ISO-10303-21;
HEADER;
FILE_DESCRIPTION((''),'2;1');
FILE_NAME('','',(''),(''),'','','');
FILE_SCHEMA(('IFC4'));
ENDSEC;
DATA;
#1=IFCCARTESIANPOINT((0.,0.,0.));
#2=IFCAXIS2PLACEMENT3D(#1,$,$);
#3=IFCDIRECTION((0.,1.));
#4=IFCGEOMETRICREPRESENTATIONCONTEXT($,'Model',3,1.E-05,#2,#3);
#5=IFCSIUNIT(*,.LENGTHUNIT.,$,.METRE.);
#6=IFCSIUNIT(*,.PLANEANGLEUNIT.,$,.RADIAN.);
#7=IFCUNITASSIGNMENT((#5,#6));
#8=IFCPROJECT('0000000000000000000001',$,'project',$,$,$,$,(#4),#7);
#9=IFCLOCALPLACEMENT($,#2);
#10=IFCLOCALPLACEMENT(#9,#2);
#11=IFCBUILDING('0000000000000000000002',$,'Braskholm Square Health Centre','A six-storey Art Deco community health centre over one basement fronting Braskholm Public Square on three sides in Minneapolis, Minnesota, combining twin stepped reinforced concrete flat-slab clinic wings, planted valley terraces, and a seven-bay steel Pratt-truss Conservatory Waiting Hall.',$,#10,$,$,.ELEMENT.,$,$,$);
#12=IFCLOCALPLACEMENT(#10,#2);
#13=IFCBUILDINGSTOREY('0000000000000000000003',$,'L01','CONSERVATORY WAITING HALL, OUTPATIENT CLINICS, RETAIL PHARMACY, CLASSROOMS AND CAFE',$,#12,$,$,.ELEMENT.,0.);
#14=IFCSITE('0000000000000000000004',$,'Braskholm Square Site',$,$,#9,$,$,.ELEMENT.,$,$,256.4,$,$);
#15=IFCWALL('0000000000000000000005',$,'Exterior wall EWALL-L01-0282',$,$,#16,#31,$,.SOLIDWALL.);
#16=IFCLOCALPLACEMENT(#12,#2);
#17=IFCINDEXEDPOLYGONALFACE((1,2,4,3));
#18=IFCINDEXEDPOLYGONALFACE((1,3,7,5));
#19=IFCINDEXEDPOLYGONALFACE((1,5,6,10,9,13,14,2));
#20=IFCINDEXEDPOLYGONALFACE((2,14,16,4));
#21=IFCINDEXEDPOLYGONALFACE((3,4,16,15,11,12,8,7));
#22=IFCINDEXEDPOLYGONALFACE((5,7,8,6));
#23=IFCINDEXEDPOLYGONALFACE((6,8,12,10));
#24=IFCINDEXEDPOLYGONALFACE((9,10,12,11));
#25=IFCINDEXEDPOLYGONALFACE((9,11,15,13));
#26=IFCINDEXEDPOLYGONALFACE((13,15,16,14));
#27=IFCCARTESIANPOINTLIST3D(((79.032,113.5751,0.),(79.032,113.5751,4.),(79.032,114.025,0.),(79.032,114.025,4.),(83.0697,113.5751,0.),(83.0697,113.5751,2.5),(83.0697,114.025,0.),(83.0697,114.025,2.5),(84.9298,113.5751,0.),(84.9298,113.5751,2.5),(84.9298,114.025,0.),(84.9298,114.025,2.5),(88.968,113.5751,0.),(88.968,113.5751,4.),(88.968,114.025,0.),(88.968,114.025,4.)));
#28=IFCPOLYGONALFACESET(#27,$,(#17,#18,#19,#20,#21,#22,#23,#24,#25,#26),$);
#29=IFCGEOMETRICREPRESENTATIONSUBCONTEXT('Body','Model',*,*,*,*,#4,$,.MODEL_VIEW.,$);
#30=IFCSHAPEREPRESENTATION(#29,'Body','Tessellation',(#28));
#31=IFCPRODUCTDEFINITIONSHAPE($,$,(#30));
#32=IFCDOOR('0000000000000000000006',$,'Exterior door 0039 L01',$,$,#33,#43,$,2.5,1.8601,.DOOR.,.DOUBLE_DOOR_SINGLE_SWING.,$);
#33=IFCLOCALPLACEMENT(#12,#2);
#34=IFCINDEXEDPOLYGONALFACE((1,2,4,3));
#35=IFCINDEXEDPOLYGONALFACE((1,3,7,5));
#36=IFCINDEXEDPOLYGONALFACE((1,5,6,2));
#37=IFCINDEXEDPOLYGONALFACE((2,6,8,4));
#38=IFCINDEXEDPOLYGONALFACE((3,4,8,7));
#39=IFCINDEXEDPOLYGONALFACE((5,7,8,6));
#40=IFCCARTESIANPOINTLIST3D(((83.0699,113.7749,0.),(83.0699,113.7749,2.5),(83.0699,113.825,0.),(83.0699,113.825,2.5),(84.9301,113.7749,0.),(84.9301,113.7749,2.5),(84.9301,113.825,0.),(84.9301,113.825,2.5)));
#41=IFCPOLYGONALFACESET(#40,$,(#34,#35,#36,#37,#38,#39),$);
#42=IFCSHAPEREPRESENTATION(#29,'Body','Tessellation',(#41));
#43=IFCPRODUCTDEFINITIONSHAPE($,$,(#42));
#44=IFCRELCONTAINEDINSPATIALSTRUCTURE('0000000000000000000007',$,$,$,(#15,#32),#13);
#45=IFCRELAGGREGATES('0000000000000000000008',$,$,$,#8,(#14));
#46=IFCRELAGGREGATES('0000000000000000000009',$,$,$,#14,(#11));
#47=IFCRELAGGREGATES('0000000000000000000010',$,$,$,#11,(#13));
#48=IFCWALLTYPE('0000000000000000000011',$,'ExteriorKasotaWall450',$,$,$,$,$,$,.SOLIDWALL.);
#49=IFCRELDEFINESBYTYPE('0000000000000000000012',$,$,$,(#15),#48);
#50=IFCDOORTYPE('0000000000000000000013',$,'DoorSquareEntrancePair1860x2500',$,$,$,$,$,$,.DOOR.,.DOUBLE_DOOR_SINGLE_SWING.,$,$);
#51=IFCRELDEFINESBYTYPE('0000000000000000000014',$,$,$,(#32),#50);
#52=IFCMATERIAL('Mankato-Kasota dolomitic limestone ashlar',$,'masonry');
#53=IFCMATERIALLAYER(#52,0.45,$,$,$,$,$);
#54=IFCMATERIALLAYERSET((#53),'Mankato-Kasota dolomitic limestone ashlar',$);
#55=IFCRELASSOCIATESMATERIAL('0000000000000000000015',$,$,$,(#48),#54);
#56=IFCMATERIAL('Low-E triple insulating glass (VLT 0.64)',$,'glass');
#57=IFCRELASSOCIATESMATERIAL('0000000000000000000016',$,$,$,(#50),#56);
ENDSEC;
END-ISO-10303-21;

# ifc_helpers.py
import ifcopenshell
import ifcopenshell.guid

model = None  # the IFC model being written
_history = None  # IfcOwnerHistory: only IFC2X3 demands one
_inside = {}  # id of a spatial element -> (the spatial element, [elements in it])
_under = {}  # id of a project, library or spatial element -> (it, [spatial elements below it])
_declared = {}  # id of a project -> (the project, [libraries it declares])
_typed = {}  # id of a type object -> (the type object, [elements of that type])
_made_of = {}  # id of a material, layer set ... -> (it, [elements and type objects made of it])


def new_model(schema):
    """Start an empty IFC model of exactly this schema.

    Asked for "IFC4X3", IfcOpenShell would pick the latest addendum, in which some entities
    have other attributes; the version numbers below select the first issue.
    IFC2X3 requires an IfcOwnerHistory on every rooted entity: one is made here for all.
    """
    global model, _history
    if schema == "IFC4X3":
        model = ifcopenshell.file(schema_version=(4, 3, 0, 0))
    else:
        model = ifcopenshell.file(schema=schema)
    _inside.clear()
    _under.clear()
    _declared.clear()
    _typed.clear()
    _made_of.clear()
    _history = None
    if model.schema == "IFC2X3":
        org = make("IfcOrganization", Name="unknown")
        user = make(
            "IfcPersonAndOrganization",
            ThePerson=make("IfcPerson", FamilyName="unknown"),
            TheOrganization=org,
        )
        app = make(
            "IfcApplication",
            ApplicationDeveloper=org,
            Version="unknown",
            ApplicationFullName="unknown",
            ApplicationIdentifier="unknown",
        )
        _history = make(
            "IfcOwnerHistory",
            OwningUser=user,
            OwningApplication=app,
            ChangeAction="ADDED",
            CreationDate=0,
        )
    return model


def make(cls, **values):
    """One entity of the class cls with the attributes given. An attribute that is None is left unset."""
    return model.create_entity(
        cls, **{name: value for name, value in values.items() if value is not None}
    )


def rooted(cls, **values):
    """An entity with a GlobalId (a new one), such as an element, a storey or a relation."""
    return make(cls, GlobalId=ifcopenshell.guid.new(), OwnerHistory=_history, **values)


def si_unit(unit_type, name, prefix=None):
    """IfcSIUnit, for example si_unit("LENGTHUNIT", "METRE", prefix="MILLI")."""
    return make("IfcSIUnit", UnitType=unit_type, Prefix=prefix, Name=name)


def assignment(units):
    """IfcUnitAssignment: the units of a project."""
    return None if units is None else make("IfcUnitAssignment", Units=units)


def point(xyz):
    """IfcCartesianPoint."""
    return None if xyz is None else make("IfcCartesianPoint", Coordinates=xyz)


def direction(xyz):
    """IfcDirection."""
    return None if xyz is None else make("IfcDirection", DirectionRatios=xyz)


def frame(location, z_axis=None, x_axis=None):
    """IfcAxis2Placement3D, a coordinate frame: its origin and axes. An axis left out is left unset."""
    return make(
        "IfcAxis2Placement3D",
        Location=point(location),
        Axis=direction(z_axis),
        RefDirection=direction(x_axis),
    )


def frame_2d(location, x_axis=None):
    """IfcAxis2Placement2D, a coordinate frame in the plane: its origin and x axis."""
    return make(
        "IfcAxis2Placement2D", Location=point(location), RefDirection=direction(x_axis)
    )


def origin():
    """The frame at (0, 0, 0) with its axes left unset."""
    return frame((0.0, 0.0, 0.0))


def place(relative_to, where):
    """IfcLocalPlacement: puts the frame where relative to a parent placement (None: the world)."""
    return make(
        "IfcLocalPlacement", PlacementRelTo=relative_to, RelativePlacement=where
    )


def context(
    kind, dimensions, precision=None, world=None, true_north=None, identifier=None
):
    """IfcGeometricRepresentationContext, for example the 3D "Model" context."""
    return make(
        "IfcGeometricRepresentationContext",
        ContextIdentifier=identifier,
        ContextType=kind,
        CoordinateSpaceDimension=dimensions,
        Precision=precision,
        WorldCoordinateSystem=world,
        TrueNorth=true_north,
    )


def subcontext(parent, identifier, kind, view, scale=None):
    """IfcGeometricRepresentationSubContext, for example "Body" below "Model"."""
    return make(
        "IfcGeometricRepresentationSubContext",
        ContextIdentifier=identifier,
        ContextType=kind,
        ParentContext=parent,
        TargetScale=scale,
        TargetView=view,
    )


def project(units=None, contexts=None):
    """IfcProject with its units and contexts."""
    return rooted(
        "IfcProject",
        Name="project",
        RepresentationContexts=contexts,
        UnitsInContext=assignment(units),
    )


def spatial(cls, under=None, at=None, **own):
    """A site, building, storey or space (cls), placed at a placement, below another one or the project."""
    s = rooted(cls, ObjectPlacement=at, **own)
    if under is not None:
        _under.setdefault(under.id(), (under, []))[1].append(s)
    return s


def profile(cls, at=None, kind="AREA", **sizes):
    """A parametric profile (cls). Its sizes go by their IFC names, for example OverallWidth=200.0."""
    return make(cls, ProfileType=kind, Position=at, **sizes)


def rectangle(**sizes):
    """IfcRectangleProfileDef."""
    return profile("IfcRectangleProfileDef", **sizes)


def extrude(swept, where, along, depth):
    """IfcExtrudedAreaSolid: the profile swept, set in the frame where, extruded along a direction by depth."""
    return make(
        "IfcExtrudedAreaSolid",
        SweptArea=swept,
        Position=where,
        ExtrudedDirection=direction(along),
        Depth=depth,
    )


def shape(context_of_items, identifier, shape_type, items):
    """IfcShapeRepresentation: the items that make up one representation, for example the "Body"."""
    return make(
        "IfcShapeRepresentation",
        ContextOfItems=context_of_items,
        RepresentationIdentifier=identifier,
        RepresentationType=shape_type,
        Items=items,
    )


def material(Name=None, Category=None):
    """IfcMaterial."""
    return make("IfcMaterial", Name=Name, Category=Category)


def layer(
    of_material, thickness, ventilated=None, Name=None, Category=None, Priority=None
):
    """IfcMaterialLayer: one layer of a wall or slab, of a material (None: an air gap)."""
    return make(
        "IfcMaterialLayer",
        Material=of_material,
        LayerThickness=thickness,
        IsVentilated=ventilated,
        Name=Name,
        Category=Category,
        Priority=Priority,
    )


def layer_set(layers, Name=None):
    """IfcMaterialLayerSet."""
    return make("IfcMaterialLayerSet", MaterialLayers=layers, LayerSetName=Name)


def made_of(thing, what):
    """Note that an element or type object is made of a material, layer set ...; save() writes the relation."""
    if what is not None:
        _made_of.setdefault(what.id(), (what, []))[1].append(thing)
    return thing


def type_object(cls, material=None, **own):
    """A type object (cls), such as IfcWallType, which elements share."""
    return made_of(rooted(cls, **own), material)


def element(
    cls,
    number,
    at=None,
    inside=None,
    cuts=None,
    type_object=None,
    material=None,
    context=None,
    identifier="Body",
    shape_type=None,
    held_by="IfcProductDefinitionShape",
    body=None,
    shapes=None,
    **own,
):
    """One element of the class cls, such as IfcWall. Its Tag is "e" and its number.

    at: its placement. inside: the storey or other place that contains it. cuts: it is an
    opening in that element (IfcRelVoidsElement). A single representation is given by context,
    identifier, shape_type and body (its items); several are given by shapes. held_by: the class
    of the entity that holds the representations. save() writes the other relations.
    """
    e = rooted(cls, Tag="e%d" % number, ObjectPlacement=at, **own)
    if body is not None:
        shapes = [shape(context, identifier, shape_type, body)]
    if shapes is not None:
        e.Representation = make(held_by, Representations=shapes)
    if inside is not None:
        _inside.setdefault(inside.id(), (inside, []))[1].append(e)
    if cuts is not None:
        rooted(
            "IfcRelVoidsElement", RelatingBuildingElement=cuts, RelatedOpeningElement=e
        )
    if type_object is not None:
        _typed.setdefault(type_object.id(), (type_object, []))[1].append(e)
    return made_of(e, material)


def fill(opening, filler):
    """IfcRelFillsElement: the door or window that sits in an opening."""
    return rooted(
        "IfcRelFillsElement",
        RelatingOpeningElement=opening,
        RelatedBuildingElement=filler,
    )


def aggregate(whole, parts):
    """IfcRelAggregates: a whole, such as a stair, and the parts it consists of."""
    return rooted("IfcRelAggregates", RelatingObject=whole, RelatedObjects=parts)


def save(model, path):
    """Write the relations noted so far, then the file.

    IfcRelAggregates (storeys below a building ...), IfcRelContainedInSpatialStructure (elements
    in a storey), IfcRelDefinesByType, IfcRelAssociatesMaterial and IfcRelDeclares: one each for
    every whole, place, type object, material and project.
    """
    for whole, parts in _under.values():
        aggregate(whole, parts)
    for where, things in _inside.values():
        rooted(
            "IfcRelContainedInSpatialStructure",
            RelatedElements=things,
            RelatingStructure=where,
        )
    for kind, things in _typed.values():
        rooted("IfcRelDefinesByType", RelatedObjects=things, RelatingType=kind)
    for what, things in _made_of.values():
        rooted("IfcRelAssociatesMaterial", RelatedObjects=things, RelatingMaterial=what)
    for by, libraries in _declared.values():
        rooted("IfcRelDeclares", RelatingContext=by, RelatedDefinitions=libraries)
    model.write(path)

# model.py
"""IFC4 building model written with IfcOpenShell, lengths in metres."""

from ifc_helpers import new_model, si_unit, direction, frame, frame_2d, origin, place, context, subcontext, project, spatial, rectangle, extrude, material, layer, layer_set, type_object, element, fill, save


model = new_model("IFC4")

# Units and contexts
model_context = context("Model", 3, precision=1e-05, world=origin(), true_north=direction((0.0, 1.0)))
body_context = subcontext(model_context, "Body", "Model", "MODEL_VIEW")
ifc_project = project(units=[si_unit("LENGTHUNIT", "METRE"), si_unit("PLANEANGLEUNIT", "RADIAN")], contexts=[model_context])

# Site, building, storey
site_placement = place(None, origin())
site = spatial("IfcSite", under=ifc_project, at=site_placement, Name="Braskholm Square Site", CompositionType="ELEMENT", RefElevation=256.4)
building_placement = place(site_placement, origin())
building = spatial("IfcBuilding", under=site, at=building_placement, Name="Braskholm Square Health Centre", Description="A six-storey Art Deco community health centre over one basement fronting Braskholm Public Square on three sides in Minneapolis, Minnesota, combining twin stepped reinforced concrete flat-slab clinic wings, planted valley terraces, and a seven-bay steel Pratt-truss Conservatory Waiting Hall.", CompositionType="ELEMENT")
storey_placement = place(building_placement, origin())
storey = spatial("IfcBuildingStorey", under=building, at=storey_placement, Name="L01", Description="CONSERVATORY WAITING HALL, OUTPATIENT CLINICS, RETAIL PHARMACY, CLASSROOMS AND CAFE", CompositionType="ELEMENT", Elevation=0.0)

# Shared definitions
ifc_material_1 = material(Name="Low-E triple insulating glass (VLT 0.64)", Category="glass")

# Wall, opening, door
ifc_material_2 = material(Name="Mankato-Kasota dolomitic limestone ashlar", Category="masonry")
ifc_layer = layer(ifc_material_2, 0.45)
ifc_layer_set = layer_set([ifc_layer], Name="Mankato-Kasota dolomitic limestone ashlar")
wall_type = type_object("IfcWallType", Name="ExteriorKasotaWall450", PredefinedType="SOLIDWALL", material=ifc_layer_set)
wall_placement = place(storey_placement, frame((88.968, 113.8, 0.0), z_axis=(0.0, 0.0, 1.0), x_axis=(-1.0, 0.0, 0.0)))
wall = element("IfcWall", 1, at=wall_placement, inside=storey, type_object=wall_type, Name="Exterior wall EWALL-L01-0282", PredefinedType="SOLIDWALL", context=body_context, shape_type="SweptSolid", body=[
    extrude(rectangle(XDim=9.936, YDim=0.45, at=frame_2d((4.968, 0.0))), origin(), (0.0, 0.0, 1.0), 4.0),
])
opening_placement = place(wall_placement, frame((4.0381, 0.0, 0.0)))
opening = element("IfcOpeningElement", 2, at=opening_placement, cuts=wall, PredefinedType="OPENING", context=body_context, shape_type="SweptSolid", body=[
    extrude(rectangle(XDim=1.8601, YDim=2.5, at=frame_2d((0.9302, 1.25))), frame((0.0, 0.2349, 0.0), z_axis=(0.0, -1.0, 0.0), x_axis=(1.0, 0.0, 0.0)), (0.0, 0.0, 1.0), 0.47),
])
door_type = type_object("IfcDoorType", Name="DoorSquareEntrancePair1860x2500", OperationType="DOUBLE_DOOR_SINGLE_SWING", PredefinedType="DOOR", material=ifc_material_1)
door_placement = place(opening_placement, frame((1.8601, 0.0, 0.0), z_axis=(0.0, 0.0, 1.0), x_axis=(-1.0, 0.0, 0.0)))
door = element("IfcDoor", 3, at=door_placement, inside=storey, type_object=door_type, Name="Exterior door 0039 L01", OperationType="DOUBLE_DOOR_SINGLE_SWING", OverallHeight=2.5, OverallWidth=1.8601, PredefinedType="DOOR", context=body_context, shape_type="SweptSolid", body=[
    extrude(rectangle(XDim=1.8601, YDim=2.5, at=frame_2d((0.9302, 1.25))), frame((0.0, 0.0249, 0.0), z_axis=(0.0, -1.0, 0.0), x_axis=(1.0, 0.0, 0.0)), (0.0, 0.0, 1.0), 0.05),
])
fill(opening, door)

save(model, "model.ifc")
